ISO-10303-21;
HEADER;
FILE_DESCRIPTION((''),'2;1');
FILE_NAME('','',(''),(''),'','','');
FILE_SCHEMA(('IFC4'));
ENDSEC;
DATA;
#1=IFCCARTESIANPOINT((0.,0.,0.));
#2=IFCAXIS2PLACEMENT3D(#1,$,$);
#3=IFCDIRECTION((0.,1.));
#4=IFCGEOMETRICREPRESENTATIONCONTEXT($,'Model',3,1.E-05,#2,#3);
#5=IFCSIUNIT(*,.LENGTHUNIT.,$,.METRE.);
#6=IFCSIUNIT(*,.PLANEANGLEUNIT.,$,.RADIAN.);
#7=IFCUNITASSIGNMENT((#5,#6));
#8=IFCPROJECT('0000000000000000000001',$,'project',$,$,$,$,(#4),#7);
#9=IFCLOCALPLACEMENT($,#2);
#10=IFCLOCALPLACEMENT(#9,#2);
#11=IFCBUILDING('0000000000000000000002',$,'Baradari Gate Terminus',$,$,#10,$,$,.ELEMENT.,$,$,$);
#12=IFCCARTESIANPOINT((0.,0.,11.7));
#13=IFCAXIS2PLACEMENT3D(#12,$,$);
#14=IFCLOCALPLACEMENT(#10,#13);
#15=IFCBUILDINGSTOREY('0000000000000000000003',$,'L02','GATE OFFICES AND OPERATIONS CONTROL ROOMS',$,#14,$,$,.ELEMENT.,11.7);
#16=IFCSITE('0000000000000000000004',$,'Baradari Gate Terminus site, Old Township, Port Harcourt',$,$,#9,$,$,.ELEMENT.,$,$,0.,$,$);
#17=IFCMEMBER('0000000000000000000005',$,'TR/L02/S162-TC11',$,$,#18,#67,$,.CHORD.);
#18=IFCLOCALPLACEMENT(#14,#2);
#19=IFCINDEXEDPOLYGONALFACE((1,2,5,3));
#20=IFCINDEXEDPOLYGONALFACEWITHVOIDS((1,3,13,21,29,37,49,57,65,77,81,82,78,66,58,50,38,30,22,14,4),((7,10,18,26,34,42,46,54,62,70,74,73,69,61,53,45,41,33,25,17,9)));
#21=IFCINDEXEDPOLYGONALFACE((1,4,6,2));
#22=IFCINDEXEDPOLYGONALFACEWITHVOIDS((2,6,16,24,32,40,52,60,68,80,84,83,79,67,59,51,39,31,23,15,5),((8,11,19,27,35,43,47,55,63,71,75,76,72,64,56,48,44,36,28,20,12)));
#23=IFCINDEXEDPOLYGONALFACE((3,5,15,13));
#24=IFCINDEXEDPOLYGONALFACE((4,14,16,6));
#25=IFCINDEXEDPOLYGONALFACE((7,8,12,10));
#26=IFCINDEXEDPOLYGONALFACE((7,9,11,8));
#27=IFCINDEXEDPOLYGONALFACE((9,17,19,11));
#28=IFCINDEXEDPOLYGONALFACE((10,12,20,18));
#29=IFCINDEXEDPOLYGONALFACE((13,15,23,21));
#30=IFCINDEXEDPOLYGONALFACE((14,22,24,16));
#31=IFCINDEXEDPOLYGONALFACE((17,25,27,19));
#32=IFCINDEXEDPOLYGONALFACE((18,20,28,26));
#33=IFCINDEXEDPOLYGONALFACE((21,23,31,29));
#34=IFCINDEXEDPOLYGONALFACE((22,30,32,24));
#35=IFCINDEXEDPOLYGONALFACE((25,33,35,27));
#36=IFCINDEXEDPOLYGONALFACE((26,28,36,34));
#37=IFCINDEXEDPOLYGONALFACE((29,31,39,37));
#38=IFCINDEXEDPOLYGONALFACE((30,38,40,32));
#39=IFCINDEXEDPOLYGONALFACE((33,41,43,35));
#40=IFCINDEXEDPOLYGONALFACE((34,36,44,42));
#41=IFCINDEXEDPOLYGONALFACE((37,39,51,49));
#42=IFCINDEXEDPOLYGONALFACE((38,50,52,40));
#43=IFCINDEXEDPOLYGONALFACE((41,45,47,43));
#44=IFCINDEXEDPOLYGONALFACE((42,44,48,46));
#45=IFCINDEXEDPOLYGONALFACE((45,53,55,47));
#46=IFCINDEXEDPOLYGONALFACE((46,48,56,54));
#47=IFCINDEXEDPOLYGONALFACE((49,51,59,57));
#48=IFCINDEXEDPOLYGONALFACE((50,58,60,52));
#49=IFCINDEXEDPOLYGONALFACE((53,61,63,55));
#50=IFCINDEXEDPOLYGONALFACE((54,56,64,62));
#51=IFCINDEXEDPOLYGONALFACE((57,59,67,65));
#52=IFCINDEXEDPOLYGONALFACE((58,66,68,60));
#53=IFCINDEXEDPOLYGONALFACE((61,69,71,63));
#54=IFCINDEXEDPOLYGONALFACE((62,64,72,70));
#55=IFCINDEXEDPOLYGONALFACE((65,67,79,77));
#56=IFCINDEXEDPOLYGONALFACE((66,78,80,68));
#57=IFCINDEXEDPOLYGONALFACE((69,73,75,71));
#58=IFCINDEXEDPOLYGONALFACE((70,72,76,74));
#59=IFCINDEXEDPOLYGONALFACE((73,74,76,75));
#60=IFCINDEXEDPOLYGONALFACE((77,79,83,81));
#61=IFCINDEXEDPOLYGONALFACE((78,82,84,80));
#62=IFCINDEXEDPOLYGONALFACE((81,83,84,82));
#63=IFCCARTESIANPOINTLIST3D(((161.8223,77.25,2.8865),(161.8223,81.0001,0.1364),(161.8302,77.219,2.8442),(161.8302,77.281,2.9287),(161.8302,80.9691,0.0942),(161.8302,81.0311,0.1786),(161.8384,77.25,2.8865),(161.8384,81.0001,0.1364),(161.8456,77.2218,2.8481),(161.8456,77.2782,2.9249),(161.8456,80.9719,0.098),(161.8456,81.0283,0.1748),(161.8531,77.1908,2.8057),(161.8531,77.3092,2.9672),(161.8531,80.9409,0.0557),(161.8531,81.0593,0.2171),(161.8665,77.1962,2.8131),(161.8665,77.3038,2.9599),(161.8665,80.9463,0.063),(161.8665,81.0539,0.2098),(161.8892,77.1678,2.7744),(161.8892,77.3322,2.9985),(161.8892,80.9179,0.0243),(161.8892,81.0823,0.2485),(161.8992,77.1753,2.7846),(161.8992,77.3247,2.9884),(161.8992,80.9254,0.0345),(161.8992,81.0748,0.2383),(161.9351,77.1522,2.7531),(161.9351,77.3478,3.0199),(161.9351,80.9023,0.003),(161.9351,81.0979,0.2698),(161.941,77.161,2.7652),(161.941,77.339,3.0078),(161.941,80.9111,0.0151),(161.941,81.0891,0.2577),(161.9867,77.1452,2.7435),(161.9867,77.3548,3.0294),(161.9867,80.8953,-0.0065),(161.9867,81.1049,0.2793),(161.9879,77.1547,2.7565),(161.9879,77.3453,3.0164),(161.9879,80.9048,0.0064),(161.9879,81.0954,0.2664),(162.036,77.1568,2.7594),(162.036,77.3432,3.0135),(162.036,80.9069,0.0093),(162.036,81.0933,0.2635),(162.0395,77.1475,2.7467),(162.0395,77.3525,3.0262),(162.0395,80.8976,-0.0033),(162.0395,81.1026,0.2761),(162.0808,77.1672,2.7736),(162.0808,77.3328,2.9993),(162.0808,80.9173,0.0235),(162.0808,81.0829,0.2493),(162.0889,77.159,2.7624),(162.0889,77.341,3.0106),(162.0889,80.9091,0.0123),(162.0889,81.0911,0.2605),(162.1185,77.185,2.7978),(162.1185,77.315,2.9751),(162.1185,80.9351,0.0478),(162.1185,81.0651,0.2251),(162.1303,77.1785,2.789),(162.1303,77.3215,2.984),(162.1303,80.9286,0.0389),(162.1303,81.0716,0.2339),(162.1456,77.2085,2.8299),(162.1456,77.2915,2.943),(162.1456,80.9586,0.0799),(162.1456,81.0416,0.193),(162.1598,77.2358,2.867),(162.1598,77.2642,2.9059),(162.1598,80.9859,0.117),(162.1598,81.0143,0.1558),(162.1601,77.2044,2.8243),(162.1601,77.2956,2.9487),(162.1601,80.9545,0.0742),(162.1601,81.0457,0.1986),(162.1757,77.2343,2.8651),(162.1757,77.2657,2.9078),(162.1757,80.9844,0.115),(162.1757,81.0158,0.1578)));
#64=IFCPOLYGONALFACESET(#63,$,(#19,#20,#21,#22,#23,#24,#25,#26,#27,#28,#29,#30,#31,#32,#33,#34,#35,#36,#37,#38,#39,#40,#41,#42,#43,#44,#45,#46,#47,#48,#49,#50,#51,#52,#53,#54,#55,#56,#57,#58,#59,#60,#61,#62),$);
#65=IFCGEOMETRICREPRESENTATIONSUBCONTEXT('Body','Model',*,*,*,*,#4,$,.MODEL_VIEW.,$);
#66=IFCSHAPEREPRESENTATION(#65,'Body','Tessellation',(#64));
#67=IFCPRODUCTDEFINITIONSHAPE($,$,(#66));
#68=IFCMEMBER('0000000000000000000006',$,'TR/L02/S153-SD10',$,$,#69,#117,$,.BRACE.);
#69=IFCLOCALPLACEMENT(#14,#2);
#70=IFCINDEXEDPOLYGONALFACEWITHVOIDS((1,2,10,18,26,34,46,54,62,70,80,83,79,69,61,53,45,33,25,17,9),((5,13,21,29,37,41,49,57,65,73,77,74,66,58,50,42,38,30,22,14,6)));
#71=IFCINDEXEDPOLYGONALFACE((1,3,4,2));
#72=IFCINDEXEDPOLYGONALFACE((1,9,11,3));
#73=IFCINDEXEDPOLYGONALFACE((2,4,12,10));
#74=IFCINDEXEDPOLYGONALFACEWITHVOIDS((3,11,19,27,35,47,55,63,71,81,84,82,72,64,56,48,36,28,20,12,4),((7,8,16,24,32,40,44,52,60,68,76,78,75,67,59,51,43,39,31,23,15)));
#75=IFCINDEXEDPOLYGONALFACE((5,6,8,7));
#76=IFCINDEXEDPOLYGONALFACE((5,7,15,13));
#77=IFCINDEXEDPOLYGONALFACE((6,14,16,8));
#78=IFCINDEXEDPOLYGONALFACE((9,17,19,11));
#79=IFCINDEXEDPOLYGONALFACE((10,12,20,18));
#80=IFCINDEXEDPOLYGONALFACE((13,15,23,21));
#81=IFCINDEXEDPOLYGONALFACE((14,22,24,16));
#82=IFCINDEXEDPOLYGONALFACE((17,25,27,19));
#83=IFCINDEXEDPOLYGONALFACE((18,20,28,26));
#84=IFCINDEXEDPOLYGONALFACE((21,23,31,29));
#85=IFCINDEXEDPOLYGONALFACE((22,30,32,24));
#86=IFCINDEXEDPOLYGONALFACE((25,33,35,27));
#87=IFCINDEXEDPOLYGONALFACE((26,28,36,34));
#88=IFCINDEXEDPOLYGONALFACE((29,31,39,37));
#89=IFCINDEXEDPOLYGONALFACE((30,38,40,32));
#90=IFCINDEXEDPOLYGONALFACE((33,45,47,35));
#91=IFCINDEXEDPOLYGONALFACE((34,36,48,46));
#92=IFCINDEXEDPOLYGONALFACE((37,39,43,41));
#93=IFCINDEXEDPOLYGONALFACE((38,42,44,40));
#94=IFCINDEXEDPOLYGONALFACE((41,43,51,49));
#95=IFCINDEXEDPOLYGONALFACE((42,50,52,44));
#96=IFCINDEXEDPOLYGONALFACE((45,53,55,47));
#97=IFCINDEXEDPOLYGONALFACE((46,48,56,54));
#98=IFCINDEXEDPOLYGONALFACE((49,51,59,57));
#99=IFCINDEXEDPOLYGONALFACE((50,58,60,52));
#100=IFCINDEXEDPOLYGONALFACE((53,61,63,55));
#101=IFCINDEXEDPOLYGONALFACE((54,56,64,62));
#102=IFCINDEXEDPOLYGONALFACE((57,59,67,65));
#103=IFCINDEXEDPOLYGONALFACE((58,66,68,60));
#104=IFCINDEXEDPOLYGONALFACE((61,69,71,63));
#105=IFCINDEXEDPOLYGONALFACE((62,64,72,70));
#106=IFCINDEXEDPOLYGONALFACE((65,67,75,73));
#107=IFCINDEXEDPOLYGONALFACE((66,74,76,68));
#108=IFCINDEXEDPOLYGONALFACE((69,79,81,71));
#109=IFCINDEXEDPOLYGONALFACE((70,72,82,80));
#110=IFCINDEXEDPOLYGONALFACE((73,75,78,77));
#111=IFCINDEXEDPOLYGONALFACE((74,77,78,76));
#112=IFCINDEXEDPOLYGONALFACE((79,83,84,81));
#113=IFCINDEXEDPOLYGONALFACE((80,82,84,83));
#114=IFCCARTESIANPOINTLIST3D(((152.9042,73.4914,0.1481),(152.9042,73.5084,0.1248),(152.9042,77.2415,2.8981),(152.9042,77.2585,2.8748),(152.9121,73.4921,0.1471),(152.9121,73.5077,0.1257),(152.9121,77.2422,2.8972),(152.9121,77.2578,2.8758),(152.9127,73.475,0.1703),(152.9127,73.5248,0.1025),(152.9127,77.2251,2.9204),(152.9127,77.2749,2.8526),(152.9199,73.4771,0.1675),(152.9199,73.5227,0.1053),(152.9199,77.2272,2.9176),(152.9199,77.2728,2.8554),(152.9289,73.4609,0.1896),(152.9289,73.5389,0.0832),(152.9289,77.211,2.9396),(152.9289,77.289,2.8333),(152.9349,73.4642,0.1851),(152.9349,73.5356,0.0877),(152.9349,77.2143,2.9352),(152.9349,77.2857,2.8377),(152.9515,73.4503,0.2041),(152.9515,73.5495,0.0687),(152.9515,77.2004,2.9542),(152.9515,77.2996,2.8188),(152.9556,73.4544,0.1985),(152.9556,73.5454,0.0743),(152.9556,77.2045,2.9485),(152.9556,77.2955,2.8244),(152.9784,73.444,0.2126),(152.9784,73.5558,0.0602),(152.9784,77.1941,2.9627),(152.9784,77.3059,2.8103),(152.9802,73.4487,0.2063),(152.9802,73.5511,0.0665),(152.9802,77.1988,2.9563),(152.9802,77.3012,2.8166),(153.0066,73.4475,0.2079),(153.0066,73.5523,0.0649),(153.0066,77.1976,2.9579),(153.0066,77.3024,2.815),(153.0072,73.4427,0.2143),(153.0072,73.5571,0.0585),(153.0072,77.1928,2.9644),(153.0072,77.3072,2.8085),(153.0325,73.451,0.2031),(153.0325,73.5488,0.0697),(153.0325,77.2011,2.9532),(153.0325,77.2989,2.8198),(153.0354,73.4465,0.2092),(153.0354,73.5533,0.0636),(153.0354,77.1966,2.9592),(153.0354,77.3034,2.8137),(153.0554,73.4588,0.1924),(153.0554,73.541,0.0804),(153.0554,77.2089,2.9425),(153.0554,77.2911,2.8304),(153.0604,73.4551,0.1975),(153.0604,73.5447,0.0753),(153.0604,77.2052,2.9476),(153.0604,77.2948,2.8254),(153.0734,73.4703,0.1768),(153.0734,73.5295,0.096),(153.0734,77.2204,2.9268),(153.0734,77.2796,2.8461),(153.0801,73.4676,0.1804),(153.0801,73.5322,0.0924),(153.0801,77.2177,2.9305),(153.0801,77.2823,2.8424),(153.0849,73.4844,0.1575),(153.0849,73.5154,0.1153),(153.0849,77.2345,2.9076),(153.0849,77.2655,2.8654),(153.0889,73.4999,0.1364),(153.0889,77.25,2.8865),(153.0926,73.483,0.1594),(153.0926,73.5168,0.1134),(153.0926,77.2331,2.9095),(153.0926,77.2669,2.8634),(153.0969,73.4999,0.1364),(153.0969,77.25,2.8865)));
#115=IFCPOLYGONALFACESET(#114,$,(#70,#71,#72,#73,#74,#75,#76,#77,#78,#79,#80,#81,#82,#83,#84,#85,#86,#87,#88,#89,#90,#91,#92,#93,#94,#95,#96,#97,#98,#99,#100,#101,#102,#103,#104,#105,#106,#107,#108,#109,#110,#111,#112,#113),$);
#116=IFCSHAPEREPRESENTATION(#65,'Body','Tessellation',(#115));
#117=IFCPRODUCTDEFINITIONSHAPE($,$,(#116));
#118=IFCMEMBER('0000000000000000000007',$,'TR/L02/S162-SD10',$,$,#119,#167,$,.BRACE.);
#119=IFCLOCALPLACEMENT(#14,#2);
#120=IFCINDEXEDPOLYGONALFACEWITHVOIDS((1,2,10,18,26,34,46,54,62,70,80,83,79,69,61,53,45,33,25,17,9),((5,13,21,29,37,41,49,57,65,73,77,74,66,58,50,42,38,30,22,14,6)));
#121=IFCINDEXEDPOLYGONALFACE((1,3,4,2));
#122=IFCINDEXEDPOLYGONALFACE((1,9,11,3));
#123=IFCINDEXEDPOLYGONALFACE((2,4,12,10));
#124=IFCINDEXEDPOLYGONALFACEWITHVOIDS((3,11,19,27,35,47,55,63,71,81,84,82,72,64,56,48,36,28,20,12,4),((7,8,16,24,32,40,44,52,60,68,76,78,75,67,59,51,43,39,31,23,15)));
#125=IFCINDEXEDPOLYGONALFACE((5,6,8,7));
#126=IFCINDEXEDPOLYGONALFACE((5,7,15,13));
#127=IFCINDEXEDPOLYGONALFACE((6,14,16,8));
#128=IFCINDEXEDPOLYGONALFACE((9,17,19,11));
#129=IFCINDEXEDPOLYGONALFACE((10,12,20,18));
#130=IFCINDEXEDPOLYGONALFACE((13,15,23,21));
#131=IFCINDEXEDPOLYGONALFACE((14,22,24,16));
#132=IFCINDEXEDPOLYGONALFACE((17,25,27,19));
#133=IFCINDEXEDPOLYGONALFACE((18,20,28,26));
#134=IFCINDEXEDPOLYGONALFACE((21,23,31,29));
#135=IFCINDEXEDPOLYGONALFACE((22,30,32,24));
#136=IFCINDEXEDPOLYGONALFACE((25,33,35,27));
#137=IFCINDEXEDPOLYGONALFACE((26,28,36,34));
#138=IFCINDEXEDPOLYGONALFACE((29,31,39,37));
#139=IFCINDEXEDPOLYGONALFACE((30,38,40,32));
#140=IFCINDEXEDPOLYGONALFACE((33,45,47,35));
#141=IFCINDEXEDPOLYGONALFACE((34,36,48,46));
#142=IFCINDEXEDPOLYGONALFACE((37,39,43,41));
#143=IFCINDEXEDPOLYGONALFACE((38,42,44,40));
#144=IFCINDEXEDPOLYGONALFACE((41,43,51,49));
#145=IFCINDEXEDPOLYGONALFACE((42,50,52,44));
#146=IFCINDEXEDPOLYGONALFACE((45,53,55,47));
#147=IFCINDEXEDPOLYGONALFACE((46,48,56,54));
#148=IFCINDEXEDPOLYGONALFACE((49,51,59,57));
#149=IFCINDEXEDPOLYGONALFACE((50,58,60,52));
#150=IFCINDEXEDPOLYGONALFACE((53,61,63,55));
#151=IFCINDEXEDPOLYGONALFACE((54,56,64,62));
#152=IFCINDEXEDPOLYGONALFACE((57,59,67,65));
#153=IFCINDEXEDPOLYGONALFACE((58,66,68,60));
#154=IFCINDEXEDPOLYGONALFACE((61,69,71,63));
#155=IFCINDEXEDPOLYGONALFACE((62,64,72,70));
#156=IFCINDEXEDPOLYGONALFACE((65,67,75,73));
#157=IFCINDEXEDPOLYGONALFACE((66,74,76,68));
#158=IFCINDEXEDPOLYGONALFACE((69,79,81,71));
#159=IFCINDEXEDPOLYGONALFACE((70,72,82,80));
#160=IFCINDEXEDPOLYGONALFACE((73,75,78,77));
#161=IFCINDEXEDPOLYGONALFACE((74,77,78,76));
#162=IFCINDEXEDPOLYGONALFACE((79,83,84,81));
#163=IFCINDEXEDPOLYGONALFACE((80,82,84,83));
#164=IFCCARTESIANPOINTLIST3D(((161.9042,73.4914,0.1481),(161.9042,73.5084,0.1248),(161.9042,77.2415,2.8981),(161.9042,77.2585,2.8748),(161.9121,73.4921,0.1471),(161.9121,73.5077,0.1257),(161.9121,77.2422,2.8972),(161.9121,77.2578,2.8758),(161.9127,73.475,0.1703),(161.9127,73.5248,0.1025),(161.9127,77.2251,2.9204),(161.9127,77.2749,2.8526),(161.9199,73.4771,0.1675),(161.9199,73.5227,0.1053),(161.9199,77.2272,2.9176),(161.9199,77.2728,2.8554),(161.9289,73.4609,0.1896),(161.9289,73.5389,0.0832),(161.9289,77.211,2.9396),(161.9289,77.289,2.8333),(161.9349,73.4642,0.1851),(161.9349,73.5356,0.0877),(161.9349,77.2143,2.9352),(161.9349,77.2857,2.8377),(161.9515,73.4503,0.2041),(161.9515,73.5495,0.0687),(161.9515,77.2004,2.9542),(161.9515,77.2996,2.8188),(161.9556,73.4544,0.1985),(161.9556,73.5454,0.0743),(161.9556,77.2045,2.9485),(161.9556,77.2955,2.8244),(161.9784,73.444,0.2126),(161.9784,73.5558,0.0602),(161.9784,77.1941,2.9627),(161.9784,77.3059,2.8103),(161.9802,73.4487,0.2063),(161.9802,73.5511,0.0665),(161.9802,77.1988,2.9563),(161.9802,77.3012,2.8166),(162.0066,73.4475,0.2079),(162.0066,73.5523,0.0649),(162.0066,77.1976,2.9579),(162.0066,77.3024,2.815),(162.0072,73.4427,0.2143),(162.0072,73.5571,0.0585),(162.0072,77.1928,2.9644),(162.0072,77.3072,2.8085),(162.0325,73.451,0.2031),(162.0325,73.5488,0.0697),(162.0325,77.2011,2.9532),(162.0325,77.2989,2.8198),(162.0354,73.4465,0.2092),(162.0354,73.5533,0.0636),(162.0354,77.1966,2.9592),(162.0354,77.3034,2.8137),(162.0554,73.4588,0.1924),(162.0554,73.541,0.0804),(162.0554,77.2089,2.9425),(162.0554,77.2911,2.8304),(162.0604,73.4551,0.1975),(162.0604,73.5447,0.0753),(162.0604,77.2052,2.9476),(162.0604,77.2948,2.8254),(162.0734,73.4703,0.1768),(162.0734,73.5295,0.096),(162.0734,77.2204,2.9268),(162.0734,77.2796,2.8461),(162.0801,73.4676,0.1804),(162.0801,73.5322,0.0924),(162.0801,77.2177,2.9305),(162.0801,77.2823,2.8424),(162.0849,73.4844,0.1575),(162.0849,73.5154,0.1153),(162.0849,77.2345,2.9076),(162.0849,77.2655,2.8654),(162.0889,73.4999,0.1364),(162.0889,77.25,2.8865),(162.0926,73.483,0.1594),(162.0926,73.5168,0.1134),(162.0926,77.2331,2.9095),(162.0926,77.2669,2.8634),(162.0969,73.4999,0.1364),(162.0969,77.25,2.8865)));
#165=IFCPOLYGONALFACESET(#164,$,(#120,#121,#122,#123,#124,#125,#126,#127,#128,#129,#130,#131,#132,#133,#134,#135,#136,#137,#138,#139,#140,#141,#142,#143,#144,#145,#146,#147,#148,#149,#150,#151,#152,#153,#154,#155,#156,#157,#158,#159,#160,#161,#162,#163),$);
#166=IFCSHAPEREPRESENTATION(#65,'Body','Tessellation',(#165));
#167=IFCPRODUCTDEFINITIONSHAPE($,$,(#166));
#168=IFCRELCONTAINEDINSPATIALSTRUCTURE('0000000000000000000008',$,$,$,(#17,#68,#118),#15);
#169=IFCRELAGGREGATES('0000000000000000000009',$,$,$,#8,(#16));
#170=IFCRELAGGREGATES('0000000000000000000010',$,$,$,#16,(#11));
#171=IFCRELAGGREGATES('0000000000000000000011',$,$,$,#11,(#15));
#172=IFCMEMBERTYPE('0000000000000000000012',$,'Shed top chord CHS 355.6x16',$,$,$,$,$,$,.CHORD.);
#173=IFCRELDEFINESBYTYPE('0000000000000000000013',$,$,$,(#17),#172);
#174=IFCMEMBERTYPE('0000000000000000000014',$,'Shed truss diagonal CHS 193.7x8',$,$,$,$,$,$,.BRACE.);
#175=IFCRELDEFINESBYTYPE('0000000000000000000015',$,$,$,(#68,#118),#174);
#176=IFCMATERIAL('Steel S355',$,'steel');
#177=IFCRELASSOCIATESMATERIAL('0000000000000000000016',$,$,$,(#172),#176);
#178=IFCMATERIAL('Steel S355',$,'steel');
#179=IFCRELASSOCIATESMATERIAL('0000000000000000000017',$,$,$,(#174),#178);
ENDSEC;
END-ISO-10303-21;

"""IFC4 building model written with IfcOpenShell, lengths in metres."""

from ifc_helpers import new_model, si_unit, direction, frame, origin, origin_2d, place, context, subcontext, project, spatial, hollow_circle, extrude, material, material_profile, profile_set, type_object, element, save


model = new_model("IFC4")

# Units and contexts
model_context = context("Model", 3, precision=1e-05, world=origin(), true_north=direction((0.0, 1.0)))
body_context = subcontext(model_context, "Body", "Model", "MODEL_VIEW")
ifc_project = project(units=[si_unit("LENGTHUNIT", "METRE"), si_unit("PLANEANGLEUNIT", "RADIAN")], contexts=[model_context])

# Site, building, storey
site_placement = place(None, origin())
site = spatial("IfcSite", under=ifc_project, at=site_placement, Name="Baradari Gate Terminus site, Old Township, Port Harcourt", CompositionType="ELEMENT", RefElevation=0.0)
building_placement = place(site_placement, origin())
building = spatial("IfcBuilding", under=site, at=building_placement, Name="Baradari Gate Terminus", CompositionType="ELEMENT")
storey_placement = place(building_placement, frame((0.0, 0.0, 11.7)))
storey = spatial("IfcBuildingStorey", under=building, at=storey_placement, Name="L02", Description="GATE OFFICES AND OPERATIONS CONTROL ROOMS", CompositionType="ELEMENT", Elevation=11.7)

# Members
ifc_material_1 = material(Name="Steel S355", Category="steel")
ifc_material_profile_1 = material_profile(ifc_material_1, hollow_circle(Radius=0.1777, WallThickness=0.0161, at=origin_2d()), Name="CHS 355.6x16")
ifc_profile_set_1 = profile_set([ifc_material_profile_1], Name="Steel S355")
member_type_1 = type_object("IfcMemberType", Name="Shed top chord CHS 355.6x16", PredefinedType="CHORD", material=ifc_profile_set_1)
member_1_placement = place(storey_placement, frame((162.0, 77.25, 2.8865), z_axis=(0.0, 0.806405, -0.591364), x_axis=(-1.0, 0.0, 0.0)))
element("IfcMember", 1, at=member_1_placement, inside=storey, type_object=member_type_1, Name="TR/L02/S162-TC11", PredefinedType="CHORD", context=body_context, shape_type="SweptSolid", body=[
    extrude(hollow_circle(Radius=0.1777, WallThickness=0.0161, at=origin_2d()), origin(), (0.0, 0.0, 1.0), 4.6504),
])
ifc_material_2 = material(Name="Steel S355", Category="steel")
ifc_material_profile_2 = material_profile(ifc_material_2, hollow_circle(Radius=0.0969, WallThickness=0.0081, at=origin_2d()), Name="CHS 193.7x8")
ifc_profile_set_2 = profile_set([ifc_material_profile_2], Name="Steel S355")
member_type_2 = type_object("IfcMemberType", Name="Shed truss diagonal CHS 193.7x8", PredefinedType="BRACE", material=ifc_profile_set_2)
for number, where, z_axis, x_axis, name in (
    (2, (153.0, 77.25, 2.8865), (0.0, -0.806405, -0.591364), (1.0, 0.0, 0.0), "TR/L02/S153-SD10"),
    (3, (162.0, 77.25, 2.8865), (0.0, -0.806405, -0.591364), (1.0, 0.0, 0.0), "TR/L02/S162-SD10"),
):
    element("IfcMember", number, at=place(storey_placement, frame(where, z_axis=z_axis, x_axis=x_axis)), inside=storey, type_object=member_type_2, Name=name, PredefinedType="BRACE", context=body_context, shape_type="SweptSolid", body=[
        extrude(hollow_circle(Radius=0.0969, WallThickness=0.0081, at=origin_2d()), origin(), (0.0, 0.0, 1.0), 4.6504),
    ])

save(model, "model.ifc")
